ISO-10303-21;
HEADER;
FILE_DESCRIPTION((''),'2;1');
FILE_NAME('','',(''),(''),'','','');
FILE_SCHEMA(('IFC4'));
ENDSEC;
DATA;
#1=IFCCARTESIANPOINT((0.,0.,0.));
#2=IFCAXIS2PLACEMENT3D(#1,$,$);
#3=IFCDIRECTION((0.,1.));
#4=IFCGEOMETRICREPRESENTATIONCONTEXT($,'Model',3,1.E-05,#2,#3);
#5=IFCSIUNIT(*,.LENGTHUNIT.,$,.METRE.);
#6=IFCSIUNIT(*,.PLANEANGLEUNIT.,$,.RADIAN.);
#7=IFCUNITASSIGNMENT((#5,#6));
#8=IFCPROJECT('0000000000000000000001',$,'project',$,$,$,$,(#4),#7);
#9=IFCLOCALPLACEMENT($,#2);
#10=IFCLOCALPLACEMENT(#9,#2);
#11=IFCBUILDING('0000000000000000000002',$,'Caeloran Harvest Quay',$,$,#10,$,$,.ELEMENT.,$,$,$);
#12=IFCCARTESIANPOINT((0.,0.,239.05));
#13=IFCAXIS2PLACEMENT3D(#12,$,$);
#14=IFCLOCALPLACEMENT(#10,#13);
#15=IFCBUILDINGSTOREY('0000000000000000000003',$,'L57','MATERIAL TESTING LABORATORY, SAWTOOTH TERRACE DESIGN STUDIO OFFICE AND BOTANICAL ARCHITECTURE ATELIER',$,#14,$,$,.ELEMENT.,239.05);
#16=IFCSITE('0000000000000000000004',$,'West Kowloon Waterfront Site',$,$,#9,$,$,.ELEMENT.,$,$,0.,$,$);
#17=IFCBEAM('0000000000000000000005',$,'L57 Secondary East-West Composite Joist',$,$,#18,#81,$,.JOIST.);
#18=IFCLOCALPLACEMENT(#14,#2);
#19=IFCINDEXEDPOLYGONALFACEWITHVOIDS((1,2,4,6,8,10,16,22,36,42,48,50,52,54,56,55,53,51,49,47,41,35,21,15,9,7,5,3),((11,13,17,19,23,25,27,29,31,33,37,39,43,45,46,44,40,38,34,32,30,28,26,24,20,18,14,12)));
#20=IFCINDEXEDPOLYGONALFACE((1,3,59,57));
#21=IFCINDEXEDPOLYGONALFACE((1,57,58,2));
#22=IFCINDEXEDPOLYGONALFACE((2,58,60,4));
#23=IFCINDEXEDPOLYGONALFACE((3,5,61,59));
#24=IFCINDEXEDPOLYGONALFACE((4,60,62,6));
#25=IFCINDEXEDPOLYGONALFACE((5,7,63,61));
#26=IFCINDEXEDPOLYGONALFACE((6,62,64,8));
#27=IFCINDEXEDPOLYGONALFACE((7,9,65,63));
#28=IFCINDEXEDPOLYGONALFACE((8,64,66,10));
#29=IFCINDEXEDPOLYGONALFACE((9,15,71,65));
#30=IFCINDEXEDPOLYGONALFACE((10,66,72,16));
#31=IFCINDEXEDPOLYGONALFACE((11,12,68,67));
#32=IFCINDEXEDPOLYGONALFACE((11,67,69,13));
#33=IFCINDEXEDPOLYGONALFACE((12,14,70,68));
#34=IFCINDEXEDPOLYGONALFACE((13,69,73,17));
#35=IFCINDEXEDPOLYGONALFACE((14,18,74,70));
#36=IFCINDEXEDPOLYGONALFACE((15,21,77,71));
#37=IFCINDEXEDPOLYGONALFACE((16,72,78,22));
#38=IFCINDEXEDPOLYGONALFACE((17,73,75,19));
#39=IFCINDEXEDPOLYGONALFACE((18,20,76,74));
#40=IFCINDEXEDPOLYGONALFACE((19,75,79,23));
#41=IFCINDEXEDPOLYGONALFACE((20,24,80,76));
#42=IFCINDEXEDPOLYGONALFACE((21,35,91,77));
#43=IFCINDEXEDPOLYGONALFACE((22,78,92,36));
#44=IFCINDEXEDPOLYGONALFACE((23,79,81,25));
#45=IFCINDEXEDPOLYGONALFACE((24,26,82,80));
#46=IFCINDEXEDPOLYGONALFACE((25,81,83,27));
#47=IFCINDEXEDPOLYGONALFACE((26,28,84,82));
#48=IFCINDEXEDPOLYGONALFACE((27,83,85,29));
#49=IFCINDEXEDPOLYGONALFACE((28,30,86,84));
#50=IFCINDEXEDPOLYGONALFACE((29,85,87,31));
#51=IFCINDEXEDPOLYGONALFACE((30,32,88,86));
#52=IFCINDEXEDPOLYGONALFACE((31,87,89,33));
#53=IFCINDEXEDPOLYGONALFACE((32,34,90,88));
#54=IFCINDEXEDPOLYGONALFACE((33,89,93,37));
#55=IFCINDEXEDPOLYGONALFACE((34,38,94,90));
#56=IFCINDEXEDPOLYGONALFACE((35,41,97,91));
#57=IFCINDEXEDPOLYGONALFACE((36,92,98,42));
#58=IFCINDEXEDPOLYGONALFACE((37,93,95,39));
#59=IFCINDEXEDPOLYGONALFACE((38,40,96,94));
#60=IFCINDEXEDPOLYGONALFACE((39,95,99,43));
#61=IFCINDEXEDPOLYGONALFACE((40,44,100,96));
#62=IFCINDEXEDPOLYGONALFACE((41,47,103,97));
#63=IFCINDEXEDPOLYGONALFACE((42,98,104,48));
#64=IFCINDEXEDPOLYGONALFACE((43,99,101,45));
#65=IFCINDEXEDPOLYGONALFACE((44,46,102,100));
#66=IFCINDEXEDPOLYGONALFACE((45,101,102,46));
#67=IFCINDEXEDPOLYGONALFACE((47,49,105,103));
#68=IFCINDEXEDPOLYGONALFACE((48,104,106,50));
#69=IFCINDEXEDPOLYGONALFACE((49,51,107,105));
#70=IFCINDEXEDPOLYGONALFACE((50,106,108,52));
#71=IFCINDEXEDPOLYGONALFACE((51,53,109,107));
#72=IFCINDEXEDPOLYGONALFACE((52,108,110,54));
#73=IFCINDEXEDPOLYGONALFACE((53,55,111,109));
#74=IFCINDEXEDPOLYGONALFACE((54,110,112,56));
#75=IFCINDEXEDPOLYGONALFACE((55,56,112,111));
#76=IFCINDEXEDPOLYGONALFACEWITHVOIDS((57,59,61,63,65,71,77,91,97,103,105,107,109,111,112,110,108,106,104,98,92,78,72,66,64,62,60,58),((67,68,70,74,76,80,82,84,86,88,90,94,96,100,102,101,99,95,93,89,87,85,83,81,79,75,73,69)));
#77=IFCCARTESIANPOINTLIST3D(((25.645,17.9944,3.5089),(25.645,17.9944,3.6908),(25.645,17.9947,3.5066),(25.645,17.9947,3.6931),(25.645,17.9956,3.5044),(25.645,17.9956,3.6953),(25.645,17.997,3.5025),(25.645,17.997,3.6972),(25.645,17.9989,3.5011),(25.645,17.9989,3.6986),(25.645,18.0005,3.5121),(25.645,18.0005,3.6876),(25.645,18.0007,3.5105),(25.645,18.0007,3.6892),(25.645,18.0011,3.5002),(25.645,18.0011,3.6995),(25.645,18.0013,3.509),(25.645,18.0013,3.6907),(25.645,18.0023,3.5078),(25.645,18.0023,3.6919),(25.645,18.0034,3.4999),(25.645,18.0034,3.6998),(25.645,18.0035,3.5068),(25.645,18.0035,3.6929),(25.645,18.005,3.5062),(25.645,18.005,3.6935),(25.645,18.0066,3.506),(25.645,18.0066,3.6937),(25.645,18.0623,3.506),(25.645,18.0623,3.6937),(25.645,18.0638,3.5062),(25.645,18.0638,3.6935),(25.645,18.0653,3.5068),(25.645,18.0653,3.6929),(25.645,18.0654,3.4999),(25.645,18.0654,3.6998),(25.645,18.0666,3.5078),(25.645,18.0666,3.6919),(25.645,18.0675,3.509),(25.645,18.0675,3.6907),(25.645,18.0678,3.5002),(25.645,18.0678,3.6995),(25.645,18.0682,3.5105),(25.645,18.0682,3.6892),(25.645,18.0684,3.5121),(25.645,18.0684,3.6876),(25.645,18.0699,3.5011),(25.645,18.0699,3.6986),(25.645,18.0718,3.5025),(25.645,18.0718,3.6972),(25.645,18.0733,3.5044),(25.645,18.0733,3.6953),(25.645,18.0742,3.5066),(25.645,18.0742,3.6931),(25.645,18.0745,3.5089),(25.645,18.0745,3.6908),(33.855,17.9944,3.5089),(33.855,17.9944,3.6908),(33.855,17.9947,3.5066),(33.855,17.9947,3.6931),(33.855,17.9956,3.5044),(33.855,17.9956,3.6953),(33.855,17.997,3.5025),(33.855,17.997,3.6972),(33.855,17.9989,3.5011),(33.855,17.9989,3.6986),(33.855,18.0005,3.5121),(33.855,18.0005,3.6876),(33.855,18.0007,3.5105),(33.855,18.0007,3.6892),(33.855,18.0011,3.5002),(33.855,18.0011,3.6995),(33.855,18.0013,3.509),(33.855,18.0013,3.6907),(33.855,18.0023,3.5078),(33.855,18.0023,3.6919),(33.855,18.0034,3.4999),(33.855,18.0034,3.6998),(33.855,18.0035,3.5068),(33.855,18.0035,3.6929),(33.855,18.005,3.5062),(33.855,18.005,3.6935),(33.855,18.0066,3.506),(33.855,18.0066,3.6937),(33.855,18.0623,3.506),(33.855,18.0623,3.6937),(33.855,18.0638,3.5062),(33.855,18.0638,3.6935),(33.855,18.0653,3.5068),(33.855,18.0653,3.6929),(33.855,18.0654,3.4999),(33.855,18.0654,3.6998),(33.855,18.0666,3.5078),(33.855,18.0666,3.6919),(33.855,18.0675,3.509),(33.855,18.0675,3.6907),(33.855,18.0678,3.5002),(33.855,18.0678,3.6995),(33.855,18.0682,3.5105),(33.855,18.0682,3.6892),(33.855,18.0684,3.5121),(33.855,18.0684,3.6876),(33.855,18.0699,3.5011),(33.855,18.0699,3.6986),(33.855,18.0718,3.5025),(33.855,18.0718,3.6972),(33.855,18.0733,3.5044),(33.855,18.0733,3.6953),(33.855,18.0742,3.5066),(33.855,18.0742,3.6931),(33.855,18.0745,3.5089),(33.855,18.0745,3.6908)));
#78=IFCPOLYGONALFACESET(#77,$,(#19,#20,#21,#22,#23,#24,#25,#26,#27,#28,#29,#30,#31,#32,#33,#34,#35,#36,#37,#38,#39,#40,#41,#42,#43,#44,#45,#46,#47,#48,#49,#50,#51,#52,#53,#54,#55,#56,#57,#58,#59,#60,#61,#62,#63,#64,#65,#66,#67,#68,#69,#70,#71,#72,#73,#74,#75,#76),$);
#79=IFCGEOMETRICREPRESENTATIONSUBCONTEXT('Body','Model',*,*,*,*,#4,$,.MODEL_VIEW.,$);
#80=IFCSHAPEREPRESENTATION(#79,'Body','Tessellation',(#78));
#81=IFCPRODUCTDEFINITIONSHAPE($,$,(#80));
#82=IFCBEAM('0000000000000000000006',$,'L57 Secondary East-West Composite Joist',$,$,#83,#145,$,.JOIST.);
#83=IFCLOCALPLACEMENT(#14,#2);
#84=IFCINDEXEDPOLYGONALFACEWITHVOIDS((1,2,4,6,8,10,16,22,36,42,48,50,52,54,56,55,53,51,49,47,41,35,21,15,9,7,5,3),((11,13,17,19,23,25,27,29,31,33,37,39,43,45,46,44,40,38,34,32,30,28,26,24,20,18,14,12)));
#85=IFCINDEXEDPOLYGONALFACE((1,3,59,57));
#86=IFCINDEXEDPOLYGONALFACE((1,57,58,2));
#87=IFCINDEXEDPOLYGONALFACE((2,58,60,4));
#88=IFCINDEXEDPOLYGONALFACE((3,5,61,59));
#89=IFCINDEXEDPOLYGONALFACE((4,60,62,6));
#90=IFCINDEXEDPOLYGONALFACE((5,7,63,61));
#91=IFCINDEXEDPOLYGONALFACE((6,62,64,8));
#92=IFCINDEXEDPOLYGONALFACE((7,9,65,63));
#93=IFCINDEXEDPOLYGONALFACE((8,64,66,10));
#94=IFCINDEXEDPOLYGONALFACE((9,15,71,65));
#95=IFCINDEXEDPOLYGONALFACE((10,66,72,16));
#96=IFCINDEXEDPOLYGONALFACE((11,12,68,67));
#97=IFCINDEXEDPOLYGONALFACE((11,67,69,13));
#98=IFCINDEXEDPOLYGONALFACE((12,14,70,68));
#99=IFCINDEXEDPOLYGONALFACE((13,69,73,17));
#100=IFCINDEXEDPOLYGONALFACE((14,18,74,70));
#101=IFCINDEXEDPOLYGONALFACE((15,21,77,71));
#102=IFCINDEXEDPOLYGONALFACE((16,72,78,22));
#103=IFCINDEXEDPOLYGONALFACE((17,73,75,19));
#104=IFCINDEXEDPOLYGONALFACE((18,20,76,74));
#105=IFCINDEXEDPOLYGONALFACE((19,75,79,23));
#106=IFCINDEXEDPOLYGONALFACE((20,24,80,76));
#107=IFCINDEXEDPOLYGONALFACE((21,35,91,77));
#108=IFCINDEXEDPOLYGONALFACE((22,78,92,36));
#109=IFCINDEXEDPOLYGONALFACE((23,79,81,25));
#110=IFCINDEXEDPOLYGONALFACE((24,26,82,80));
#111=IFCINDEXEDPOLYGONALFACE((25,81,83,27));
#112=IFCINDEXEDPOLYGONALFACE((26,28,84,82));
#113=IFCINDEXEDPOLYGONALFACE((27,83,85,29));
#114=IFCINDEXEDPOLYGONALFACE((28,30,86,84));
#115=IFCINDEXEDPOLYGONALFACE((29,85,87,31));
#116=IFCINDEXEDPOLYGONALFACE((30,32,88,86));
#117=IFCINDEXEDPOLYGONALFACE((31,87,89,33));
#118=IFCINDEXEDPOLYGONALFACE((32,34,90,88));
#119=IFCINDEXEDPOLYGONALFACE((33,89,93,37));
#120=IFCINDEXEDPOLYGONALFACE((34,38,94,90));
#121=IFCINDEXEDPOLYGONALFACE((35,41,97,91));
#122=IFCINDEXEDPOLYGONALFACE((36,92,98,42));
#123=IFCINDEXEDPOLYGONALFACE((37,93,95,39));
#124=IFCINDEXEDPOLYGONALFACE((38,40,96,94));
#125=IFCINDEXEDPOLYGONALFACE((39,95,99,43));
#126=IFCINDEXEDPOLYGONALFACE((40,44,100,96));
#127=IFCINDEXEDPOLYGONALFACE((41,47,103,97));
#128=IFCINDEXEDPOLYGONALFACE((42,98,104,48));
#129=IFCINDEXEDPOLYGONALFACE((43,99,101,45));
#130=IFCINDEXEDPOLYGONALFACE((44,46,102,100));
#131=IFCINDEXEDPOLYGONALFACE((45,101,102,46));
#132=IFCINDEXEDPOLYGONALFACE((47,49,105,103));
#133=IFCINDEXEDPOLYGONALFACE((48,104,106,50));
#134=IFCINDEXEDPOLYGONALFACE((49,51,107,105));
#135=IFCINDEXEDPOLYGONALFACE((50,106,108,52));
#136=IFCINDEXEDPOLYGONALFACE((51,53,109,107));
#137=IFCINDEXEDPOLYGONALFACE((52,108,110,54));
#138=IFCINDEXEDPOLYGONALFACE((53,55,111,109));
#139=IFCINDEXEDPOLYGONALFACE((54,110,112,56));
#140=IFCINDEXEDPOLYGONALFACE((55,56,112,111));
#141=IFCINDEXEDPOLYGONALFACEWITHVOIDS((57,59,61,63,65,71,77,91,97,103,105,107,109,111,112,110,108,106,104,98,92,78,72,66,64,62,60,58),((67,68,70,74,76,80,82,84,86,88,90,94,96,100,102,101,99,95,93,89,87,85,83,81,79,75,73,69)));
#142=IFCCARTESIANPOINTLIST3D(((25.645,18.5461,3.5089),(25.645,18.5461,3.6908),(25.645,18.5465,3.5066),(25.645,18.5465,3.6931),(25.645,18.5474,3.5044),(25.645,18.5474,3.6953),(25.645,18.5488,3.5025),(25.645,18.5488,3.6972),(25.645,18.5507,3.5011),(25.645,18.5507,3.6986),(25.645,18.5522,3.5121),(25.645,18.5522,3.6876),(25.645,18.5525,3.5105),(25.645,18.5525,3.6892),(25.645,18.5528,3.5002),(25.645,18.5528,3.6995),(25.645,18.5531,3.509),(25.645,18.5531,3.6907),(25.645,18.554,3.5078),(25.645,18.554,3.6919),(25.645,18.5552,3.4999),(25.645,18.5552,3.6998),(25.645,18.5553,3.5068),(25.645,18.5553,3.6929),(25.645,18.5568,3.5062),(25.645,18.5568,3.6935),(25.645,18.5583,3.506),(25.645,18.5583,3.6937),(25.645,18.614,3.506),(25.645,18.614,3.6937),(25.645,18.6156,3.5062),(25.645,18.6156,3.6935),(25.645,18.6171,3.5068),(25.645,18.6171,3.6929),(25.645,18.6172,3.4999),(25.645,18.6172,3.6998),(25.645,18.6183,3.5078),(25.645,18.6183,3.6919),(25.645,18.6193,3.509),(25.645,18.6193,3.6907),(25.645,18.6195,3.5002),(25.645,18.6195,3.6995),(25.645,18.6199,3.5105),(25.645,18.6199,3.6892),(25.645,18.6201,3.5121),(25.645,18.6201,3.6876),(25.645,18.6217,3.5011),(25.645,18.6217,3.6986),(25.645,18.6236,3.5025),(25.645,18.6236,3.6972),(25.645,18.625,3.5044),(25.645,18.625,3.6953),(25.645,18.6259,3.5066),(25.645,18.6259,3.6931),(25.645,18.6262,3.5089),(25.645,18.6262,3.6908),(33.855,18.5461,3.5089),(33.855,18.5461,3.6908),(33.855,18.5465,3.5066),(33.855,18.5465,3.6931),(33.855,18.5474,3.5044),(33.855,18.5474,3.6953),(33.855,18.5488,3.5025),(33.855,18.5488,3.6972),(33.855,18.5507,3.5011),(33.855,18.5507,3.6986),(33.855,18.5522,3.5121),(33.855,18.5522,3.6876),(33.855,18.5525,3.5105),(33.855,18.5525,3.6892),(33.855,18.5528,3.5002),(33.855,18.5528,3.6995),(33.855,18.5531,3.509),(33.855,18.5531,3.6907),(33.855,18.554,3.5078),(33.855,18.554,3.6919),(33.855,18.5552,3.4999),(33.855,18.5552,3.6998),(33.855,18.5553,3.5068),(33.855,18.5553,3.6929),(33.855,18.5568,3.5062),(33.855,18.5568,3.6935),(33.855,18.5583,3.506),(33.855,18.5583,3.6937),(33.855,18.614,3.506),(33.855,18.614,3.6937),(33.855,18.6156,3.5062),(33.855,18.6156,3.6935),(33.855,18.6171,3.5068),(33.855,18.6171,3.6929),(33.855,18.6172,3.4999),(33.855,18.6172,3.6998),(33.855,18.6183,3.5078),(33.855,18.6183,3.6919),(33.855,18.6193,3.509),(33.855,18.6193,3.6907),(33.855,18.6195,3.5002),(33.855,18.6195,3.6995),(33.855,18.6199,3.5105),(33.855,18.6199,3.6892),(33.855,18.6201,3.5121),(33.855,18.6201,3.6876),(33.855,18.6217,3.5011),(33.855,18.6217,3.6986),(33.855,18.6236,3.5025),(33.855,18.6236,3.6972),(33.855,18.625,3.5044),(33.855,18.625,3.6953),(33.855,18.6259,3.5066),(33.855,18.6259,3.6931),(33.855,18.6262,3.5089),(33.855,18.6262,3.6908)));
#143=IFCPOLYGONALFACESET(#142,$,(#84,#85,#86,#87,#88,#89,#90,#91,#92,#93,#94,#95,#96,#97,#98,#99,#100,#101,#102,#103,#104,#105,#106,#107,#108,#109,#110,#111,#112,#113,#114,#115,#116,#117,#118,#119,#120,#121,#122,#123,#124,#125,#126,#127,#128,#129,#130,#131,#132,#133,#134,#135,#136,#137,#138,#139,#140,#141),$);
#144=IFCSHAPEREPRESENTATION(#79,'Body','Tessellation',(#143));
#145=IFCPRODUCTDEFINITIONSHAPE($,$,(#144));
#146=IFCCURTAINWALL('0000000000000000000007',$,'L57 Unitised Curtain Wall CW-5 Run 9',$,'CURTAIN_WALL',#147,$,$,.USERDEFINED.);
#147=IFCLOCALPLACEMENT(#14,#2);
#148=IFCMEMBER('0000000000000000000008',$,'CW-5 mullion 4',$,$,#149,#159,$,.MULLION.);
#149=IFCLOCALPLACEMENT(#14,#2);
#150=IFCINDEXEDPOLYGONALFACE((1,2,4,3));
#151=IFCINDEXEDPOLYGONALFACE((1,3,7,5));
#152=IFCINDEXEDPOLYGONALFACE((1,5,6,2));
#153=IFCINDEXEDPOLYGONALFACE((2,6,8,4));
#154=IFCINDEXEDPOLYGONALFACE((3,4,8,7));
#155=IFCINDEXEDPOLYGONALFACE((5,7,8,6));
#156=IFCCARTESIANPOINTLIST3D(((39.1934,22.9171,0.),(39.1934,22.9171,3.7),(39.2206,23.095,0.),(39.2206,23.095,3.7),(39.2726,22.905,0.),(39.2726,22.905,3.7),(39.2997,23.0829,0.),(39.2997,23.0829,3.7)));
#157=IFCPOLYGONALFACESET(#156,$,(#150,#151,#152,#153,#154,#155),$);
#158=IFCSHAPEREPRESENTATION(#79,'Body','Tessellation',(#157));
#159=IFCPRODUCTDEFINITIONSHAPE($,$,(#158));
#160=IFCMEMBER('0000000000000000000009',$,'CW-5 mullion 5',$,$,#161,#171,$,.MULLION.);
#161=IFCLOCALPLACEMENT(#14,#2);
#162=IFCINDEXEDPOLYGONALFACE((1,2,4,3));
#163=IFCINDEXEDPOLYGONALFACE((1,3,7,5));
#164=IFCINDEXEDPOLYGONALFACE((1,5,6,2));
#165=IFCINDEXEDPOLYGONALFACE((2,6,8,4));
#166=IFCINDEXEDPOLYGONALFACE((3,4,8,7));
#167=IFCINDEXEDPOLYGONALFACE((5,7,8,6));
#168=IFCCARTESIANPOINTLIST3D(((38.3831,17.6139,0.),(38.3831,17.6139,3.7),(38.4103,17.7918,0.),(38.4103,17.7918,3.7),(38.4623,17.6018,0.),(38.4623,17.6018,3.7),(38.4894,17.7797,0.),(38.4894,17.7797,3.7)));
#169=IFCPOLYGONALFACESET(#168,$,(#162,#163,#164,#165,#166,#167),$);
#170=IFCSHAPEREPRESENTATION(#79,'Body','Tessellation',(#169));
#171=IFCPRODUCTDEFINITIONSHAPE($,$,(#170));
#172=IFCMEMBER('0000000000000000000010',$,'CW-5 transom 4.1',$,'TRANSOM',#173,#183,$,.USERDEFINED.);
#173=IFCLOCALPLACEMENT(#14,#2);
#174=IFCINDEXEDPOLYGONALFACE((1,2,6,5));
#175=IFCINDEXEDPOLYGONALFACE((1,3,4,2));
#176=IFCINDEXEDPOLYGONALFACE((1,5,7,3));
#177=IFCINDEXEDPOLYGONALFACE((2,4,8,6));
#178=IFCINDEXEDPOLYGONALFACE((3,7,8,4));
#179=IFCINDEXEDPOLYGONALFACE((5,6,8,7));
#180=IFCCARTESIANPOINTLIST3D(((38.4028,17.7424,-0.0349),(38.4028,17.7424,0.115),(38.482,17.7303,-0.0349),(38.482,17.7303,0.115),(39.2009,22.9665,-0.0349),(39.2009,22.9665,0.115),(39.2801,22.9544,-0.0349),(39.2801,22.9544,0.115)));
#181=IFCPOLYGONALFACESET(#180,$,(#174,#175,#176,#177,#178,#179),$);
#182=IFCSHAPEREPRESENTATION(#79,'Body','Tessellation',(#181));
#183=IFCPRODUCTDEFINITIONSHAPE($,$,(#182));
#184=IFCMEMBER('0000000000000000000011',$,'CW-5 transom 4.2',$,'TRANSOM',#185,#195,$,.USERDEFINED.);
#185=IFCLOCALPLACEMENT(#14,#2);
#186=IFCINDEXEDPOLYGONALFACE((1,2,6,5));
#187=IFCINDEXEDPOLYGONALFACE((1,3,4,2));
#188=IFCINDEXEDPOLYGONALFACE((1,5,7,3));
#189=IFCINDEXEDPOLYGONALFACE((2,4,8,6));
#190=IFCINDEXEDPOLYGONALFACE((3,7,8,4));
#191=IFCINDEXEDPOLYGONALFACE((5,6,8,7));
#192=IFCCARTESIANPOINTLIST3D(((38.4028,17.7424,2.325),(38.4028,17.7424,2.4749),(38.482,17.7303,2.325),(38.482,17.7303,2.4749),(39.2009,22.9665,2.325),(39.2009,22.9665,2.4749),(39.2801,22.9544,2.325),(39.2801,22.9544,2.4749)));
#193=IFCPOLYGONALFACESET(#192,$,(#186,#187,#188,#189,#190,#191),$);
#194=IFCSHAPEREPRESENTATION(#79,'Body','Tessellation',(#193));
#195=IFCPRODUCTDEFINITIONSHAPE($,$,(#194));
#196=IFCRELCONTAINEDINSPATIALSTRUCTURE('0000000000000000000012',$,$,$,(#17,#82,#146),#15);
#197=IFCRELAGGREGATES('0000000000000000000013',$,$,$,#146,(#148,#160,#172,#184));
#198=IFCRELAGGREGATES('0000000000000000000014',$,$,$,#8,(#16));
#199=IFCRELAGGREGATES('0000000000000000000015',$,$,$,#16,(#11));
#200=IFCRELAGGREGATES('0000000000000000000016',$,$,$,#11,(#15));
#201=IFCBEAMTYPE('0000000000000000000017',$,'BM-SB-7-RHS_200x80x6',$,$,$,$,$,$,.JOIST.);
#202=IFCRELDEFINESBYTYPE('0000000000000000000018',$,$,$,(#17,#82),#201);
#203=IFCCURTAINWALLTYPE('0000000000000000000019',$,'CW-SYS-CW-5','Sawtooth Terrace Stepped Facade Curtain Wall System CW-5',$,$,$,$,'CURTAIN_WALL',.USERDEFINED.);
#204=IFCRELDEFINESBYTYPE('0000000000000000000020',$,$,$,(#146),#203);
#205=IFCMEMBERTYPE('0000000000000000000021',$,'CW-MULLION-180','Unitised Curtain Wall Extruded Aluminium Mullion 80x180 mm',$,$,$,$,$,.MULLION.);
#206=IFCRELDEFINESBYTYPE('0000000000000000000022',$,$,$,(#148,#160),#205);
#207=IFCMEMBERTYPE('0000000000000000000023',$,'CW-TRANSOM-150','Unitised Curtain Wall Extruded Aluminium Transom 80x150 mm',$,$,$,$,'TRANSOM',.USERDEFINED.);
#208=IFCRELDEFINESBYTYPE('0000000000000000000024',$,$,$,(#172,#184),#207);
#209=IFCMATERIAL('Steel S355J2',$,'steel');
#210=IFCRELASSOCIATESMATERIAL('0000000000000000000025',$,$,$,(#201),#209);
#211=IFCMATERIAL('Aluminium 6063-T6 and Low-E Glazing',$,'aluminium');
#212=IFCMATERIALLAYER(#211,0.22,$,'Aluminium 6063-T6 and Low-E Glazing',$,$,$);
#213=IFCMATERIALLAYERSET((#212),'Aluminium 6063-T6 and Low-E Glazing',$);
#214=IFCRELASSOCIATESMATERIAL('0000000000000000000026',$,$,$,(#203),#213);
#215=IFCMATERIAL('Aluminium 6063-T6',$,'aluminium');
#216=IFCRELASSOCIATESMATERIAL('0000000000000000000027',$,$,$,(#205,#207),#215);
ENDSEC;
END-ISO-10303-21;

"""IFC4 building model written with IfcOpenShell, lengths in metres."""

from ifc_helpers import new_model, si_unit, direction, frame, origin, origin_2d, place, context, subcontext, project, spatial, rectangle, hollow_rectangle, extrude, material, layer, layer_set, material_profile, profile_set, type_object, element, aggregate, save


model = new_model("IFC4")

# Units and contexts
model_context = context("Model", 3, precision=1e-05, world=origin(), true_north=direction((0.0, 1.0)))
body_context = subcontext(model_context, "Body", "Model", "MODEL_VIEW")
ifc_project = project(units=[si_unit("LENGTHUNIT", "METRE"), si_unit("PLANEANGLEUNIT", "RADIAN")], contexts=[model_context])

# Site, building, storey
site_placement = place(None, origin())
site = spatial("IfcSite", under=ifc_project, at=site_placement, Name="West Kowloon Waterfront Site", CompositionType="ELEMENT", RefElevation=0.0)
building_placement = place(site_placement, origin())
building = spatial("IfcBuilding", under=site, at=building_placement, Name="Caeloran Harvest Quay", CompositionType="ELEMENT")
storey_placement = place(building_placement, frame((0.0, 0.0, 239.05)))
storey = spatial("IfcBuildingStorey", under=building, at=storey_placement, Name="L57", Description="MATERIAL TESTING LABORATORY, SAWTOOTH TERRACE DESIGN STUDIO OFFICE AND BOTANICAL ARCHITECTURE ATELIER", CompositionType="ELEMENT", Elevation=239.05)

# Beams
ifc_material_1 = material(Name="Steel S355J2", Category="steel")
ifc_material_profile_1 = material_profile(ifc_material_1, hollow_rectangle(XDim=0.0801, YDim=0.2, WallThickness=0.0061, InnerFilletRadius=0.0061, OuterFilletRadius=0.009, at=origin_2d()), Name="RHS 200x80x6")
ifc_profile_set_1 = profile_set([ifc_material_profile_1], Name="Steel S355J2")
beam_type_1 = type_object("IfcBeamType", Name="BM-SB-7-RHS_200x80x6", PredefinedType="JOIST", material=ifc_profile_set_1)
for number, where, z_axis, x_axis, name in (
    (1, (25.645, 18.0344, 3.5999), (1.0, 0.0, 0.0), (0.0, 1.0, 0.0), "L57 Secondary East-West Composite Joist"),
    (2, (25.645, 18.5862, 3.5999), (1.0, 0.0, 0.0), (0.0, 1.0, 0.0), "L57 Secondary East-West Composite Joist"),
):
    element("IfcBeam", number, at=place(storey_placement, frame(where, z_axis=z_axis, x_axis=x_axis)), inside=storey, type_object=beam_type_1, Name=name, PredefinedType="JOIST", context=body_context, shape_type="SweptSolid", body=[
        extrude(hollow_rectangle(XDim=0.0801, YDim=0.2, WallThickness=0.0061, InnerFilletRadius=0.0061, OuterFilletRadius=0.009, at=origin_2d()), origin(), (0.0, 0.0, 1.0), 8.21),
    ])

# Curtain wall, members
ifc_material_2 = material(Name="Aluminium 6063-T6 and Low-E Glazing", Category="aluminium")
ifc_layer_1 = layer(ifc_material_2, 0.22, Name="Aluminium 6063-T6 and Low-E Glazing")
ifc_layer_set_1 = layer_set([ifc_layer_1], Name="Aluminium 6063-T6 and Low-E Glazing")
curtain_wall_type = type_object("IfcCurtainWallType", Name="CW-SYS-CW-5", Description="Sawtooth Terrace Stepped Facade Curtain Wall System CW-5", ElementType="CURTAIN_WALL", PredefinedType="USERDEFINED", material=ifc_layer_set_1)
curtain_wall_placement = place(storey_placement, origin())
curtain_wall = element("IfcCurtainWall", 3, at=curtain_wall_placement, inside=storey, type_object=curtain_wall_type, Name="L57 Unitised Curtain Wall CW-5 Run 9", ObjectType="CURTAIN_WALL", PredefinedType="USERDEFINED")
ifc_material_3 = material(Name="Aluminium 6063-T6", Category="aluminium")
ifc_material_profile_2 = material_profile(ifc_material_3, rectangle(XDim=0.0801, YDim=0.1799, at=origin_2d()), Name="CW-MULLION-180")
ifc_profile_set_2 = profile_set([ifc_material_profile_2], Name="Aluminium 6063-T6")
member_type_1 = type_object("IfcMemberType", Name="CW-MULLION-180", Description="Unitised Curtain Wall Extruded Aluminium Mullion 80x180 mm", PredefinedType="MULLION", material=ifc_profile_set_2)
member_1_placement = place(storey_placement, frame((39.2466, 23.0, 0.0), z_axis=(0.0, 0.0, 1.0), x_axis=(0.98853, -0.151028, 0.0)))
member_1 = element("IfcMember", 4, at=member_1_placement, type_object=member_type_1, Name="CW-5 mullion 4", PredefinedType="MULLION", context=body_context, shape_type="SweptSolid", body=[
    extrude(rectangle(XDim=0.0801, YDim=0.1799, at=origin_2d()), origin(), (0.0, 0.0, 1.0), 3.7),
])
member_2_placement = place(storey_placement, frame((38.4363, 17.6968, 0.0), z_axis=(0.0, 0.0, 1.0), x_axis=(0.98853, -0.151028, 0.0)))
member_2 = element("IfcMember", 5, at=member_2_placement, type_object=member_type_1, Name="CW-5 mullion 5", PredefinedType="MULLION", context=body_context, shape_type="SweptSolid", body=[
    extrude(rectangle(XDim=0.0801, YDim=0.1799, at=origin_2d()), origin(), (0.0, 0.0, 1.0), 3.7),
])
ifc_material_profile_3 = material_profile(ifc_material_3, rectangle(XDim=0.0801, YDim=0.1499, at=origin_2d()), Name="CW-TRANSOM-150")
ifc_profile_set_3 = profile_set([ifc_material_profile_3], Name="Aluminium 6063-T6")
member_type_2 = type_object("IfcMemberType", Name="CW-TRANSOM-150", Description="Unitised Curtain Wall Extruded Aluminium Transom 80x150 mm", ElementType="TRANSOM", PredefinedType="USERDEFINED", material=ifc_profile_set_3)
member_3_placement = place(storey_placement, frame((39.2405, 22.9604, 0.04), z_axis=(-0.151019, -0.988531, 0.0), x_axis=(0.988531, -0.151019, 0.0)))
member_3 = element("IfcMember", 6, at=member_3_placement, type_object=member_type_2, Name="CW-5 transom 4.1", ObjectType="TRANSOM", PredefinedType="USERDEFINED", context=body_context, shape_type="SweptSolid", body=[
    extrude(rectangle(XDim=0.0801, YDim=0.1499, at=origin_2d()), origin(), (0.0, 0.0, 1.0), 5.2847),
])
member_4_placement = place(storey_placement, frame((39.2405, 22.9604, 2.3999), z_axis=(-0.151019, -0.988531, 0.0), x_axis=(0.988531, -0.151019, 0.0)))
member_4 = element("IfcMember", 7, at=member_4_placement, type_object=member_type_2, Name="CW-5 transom 4.2", ObjectType="TRANSOM", PredefinedType="USERDEFINED", context=body_context, shape_type="SweptSolid", body=[
    extrude(rectangle(XDim=0.0801, YDim=0.1499, at=origin_2d()), origin(), (0.0, 0.0, 1.0), 5.2847),
])
aggregate(curtain_wall, [member_1, member_2, member_3, member_4])

save(model, "model.ifc")
